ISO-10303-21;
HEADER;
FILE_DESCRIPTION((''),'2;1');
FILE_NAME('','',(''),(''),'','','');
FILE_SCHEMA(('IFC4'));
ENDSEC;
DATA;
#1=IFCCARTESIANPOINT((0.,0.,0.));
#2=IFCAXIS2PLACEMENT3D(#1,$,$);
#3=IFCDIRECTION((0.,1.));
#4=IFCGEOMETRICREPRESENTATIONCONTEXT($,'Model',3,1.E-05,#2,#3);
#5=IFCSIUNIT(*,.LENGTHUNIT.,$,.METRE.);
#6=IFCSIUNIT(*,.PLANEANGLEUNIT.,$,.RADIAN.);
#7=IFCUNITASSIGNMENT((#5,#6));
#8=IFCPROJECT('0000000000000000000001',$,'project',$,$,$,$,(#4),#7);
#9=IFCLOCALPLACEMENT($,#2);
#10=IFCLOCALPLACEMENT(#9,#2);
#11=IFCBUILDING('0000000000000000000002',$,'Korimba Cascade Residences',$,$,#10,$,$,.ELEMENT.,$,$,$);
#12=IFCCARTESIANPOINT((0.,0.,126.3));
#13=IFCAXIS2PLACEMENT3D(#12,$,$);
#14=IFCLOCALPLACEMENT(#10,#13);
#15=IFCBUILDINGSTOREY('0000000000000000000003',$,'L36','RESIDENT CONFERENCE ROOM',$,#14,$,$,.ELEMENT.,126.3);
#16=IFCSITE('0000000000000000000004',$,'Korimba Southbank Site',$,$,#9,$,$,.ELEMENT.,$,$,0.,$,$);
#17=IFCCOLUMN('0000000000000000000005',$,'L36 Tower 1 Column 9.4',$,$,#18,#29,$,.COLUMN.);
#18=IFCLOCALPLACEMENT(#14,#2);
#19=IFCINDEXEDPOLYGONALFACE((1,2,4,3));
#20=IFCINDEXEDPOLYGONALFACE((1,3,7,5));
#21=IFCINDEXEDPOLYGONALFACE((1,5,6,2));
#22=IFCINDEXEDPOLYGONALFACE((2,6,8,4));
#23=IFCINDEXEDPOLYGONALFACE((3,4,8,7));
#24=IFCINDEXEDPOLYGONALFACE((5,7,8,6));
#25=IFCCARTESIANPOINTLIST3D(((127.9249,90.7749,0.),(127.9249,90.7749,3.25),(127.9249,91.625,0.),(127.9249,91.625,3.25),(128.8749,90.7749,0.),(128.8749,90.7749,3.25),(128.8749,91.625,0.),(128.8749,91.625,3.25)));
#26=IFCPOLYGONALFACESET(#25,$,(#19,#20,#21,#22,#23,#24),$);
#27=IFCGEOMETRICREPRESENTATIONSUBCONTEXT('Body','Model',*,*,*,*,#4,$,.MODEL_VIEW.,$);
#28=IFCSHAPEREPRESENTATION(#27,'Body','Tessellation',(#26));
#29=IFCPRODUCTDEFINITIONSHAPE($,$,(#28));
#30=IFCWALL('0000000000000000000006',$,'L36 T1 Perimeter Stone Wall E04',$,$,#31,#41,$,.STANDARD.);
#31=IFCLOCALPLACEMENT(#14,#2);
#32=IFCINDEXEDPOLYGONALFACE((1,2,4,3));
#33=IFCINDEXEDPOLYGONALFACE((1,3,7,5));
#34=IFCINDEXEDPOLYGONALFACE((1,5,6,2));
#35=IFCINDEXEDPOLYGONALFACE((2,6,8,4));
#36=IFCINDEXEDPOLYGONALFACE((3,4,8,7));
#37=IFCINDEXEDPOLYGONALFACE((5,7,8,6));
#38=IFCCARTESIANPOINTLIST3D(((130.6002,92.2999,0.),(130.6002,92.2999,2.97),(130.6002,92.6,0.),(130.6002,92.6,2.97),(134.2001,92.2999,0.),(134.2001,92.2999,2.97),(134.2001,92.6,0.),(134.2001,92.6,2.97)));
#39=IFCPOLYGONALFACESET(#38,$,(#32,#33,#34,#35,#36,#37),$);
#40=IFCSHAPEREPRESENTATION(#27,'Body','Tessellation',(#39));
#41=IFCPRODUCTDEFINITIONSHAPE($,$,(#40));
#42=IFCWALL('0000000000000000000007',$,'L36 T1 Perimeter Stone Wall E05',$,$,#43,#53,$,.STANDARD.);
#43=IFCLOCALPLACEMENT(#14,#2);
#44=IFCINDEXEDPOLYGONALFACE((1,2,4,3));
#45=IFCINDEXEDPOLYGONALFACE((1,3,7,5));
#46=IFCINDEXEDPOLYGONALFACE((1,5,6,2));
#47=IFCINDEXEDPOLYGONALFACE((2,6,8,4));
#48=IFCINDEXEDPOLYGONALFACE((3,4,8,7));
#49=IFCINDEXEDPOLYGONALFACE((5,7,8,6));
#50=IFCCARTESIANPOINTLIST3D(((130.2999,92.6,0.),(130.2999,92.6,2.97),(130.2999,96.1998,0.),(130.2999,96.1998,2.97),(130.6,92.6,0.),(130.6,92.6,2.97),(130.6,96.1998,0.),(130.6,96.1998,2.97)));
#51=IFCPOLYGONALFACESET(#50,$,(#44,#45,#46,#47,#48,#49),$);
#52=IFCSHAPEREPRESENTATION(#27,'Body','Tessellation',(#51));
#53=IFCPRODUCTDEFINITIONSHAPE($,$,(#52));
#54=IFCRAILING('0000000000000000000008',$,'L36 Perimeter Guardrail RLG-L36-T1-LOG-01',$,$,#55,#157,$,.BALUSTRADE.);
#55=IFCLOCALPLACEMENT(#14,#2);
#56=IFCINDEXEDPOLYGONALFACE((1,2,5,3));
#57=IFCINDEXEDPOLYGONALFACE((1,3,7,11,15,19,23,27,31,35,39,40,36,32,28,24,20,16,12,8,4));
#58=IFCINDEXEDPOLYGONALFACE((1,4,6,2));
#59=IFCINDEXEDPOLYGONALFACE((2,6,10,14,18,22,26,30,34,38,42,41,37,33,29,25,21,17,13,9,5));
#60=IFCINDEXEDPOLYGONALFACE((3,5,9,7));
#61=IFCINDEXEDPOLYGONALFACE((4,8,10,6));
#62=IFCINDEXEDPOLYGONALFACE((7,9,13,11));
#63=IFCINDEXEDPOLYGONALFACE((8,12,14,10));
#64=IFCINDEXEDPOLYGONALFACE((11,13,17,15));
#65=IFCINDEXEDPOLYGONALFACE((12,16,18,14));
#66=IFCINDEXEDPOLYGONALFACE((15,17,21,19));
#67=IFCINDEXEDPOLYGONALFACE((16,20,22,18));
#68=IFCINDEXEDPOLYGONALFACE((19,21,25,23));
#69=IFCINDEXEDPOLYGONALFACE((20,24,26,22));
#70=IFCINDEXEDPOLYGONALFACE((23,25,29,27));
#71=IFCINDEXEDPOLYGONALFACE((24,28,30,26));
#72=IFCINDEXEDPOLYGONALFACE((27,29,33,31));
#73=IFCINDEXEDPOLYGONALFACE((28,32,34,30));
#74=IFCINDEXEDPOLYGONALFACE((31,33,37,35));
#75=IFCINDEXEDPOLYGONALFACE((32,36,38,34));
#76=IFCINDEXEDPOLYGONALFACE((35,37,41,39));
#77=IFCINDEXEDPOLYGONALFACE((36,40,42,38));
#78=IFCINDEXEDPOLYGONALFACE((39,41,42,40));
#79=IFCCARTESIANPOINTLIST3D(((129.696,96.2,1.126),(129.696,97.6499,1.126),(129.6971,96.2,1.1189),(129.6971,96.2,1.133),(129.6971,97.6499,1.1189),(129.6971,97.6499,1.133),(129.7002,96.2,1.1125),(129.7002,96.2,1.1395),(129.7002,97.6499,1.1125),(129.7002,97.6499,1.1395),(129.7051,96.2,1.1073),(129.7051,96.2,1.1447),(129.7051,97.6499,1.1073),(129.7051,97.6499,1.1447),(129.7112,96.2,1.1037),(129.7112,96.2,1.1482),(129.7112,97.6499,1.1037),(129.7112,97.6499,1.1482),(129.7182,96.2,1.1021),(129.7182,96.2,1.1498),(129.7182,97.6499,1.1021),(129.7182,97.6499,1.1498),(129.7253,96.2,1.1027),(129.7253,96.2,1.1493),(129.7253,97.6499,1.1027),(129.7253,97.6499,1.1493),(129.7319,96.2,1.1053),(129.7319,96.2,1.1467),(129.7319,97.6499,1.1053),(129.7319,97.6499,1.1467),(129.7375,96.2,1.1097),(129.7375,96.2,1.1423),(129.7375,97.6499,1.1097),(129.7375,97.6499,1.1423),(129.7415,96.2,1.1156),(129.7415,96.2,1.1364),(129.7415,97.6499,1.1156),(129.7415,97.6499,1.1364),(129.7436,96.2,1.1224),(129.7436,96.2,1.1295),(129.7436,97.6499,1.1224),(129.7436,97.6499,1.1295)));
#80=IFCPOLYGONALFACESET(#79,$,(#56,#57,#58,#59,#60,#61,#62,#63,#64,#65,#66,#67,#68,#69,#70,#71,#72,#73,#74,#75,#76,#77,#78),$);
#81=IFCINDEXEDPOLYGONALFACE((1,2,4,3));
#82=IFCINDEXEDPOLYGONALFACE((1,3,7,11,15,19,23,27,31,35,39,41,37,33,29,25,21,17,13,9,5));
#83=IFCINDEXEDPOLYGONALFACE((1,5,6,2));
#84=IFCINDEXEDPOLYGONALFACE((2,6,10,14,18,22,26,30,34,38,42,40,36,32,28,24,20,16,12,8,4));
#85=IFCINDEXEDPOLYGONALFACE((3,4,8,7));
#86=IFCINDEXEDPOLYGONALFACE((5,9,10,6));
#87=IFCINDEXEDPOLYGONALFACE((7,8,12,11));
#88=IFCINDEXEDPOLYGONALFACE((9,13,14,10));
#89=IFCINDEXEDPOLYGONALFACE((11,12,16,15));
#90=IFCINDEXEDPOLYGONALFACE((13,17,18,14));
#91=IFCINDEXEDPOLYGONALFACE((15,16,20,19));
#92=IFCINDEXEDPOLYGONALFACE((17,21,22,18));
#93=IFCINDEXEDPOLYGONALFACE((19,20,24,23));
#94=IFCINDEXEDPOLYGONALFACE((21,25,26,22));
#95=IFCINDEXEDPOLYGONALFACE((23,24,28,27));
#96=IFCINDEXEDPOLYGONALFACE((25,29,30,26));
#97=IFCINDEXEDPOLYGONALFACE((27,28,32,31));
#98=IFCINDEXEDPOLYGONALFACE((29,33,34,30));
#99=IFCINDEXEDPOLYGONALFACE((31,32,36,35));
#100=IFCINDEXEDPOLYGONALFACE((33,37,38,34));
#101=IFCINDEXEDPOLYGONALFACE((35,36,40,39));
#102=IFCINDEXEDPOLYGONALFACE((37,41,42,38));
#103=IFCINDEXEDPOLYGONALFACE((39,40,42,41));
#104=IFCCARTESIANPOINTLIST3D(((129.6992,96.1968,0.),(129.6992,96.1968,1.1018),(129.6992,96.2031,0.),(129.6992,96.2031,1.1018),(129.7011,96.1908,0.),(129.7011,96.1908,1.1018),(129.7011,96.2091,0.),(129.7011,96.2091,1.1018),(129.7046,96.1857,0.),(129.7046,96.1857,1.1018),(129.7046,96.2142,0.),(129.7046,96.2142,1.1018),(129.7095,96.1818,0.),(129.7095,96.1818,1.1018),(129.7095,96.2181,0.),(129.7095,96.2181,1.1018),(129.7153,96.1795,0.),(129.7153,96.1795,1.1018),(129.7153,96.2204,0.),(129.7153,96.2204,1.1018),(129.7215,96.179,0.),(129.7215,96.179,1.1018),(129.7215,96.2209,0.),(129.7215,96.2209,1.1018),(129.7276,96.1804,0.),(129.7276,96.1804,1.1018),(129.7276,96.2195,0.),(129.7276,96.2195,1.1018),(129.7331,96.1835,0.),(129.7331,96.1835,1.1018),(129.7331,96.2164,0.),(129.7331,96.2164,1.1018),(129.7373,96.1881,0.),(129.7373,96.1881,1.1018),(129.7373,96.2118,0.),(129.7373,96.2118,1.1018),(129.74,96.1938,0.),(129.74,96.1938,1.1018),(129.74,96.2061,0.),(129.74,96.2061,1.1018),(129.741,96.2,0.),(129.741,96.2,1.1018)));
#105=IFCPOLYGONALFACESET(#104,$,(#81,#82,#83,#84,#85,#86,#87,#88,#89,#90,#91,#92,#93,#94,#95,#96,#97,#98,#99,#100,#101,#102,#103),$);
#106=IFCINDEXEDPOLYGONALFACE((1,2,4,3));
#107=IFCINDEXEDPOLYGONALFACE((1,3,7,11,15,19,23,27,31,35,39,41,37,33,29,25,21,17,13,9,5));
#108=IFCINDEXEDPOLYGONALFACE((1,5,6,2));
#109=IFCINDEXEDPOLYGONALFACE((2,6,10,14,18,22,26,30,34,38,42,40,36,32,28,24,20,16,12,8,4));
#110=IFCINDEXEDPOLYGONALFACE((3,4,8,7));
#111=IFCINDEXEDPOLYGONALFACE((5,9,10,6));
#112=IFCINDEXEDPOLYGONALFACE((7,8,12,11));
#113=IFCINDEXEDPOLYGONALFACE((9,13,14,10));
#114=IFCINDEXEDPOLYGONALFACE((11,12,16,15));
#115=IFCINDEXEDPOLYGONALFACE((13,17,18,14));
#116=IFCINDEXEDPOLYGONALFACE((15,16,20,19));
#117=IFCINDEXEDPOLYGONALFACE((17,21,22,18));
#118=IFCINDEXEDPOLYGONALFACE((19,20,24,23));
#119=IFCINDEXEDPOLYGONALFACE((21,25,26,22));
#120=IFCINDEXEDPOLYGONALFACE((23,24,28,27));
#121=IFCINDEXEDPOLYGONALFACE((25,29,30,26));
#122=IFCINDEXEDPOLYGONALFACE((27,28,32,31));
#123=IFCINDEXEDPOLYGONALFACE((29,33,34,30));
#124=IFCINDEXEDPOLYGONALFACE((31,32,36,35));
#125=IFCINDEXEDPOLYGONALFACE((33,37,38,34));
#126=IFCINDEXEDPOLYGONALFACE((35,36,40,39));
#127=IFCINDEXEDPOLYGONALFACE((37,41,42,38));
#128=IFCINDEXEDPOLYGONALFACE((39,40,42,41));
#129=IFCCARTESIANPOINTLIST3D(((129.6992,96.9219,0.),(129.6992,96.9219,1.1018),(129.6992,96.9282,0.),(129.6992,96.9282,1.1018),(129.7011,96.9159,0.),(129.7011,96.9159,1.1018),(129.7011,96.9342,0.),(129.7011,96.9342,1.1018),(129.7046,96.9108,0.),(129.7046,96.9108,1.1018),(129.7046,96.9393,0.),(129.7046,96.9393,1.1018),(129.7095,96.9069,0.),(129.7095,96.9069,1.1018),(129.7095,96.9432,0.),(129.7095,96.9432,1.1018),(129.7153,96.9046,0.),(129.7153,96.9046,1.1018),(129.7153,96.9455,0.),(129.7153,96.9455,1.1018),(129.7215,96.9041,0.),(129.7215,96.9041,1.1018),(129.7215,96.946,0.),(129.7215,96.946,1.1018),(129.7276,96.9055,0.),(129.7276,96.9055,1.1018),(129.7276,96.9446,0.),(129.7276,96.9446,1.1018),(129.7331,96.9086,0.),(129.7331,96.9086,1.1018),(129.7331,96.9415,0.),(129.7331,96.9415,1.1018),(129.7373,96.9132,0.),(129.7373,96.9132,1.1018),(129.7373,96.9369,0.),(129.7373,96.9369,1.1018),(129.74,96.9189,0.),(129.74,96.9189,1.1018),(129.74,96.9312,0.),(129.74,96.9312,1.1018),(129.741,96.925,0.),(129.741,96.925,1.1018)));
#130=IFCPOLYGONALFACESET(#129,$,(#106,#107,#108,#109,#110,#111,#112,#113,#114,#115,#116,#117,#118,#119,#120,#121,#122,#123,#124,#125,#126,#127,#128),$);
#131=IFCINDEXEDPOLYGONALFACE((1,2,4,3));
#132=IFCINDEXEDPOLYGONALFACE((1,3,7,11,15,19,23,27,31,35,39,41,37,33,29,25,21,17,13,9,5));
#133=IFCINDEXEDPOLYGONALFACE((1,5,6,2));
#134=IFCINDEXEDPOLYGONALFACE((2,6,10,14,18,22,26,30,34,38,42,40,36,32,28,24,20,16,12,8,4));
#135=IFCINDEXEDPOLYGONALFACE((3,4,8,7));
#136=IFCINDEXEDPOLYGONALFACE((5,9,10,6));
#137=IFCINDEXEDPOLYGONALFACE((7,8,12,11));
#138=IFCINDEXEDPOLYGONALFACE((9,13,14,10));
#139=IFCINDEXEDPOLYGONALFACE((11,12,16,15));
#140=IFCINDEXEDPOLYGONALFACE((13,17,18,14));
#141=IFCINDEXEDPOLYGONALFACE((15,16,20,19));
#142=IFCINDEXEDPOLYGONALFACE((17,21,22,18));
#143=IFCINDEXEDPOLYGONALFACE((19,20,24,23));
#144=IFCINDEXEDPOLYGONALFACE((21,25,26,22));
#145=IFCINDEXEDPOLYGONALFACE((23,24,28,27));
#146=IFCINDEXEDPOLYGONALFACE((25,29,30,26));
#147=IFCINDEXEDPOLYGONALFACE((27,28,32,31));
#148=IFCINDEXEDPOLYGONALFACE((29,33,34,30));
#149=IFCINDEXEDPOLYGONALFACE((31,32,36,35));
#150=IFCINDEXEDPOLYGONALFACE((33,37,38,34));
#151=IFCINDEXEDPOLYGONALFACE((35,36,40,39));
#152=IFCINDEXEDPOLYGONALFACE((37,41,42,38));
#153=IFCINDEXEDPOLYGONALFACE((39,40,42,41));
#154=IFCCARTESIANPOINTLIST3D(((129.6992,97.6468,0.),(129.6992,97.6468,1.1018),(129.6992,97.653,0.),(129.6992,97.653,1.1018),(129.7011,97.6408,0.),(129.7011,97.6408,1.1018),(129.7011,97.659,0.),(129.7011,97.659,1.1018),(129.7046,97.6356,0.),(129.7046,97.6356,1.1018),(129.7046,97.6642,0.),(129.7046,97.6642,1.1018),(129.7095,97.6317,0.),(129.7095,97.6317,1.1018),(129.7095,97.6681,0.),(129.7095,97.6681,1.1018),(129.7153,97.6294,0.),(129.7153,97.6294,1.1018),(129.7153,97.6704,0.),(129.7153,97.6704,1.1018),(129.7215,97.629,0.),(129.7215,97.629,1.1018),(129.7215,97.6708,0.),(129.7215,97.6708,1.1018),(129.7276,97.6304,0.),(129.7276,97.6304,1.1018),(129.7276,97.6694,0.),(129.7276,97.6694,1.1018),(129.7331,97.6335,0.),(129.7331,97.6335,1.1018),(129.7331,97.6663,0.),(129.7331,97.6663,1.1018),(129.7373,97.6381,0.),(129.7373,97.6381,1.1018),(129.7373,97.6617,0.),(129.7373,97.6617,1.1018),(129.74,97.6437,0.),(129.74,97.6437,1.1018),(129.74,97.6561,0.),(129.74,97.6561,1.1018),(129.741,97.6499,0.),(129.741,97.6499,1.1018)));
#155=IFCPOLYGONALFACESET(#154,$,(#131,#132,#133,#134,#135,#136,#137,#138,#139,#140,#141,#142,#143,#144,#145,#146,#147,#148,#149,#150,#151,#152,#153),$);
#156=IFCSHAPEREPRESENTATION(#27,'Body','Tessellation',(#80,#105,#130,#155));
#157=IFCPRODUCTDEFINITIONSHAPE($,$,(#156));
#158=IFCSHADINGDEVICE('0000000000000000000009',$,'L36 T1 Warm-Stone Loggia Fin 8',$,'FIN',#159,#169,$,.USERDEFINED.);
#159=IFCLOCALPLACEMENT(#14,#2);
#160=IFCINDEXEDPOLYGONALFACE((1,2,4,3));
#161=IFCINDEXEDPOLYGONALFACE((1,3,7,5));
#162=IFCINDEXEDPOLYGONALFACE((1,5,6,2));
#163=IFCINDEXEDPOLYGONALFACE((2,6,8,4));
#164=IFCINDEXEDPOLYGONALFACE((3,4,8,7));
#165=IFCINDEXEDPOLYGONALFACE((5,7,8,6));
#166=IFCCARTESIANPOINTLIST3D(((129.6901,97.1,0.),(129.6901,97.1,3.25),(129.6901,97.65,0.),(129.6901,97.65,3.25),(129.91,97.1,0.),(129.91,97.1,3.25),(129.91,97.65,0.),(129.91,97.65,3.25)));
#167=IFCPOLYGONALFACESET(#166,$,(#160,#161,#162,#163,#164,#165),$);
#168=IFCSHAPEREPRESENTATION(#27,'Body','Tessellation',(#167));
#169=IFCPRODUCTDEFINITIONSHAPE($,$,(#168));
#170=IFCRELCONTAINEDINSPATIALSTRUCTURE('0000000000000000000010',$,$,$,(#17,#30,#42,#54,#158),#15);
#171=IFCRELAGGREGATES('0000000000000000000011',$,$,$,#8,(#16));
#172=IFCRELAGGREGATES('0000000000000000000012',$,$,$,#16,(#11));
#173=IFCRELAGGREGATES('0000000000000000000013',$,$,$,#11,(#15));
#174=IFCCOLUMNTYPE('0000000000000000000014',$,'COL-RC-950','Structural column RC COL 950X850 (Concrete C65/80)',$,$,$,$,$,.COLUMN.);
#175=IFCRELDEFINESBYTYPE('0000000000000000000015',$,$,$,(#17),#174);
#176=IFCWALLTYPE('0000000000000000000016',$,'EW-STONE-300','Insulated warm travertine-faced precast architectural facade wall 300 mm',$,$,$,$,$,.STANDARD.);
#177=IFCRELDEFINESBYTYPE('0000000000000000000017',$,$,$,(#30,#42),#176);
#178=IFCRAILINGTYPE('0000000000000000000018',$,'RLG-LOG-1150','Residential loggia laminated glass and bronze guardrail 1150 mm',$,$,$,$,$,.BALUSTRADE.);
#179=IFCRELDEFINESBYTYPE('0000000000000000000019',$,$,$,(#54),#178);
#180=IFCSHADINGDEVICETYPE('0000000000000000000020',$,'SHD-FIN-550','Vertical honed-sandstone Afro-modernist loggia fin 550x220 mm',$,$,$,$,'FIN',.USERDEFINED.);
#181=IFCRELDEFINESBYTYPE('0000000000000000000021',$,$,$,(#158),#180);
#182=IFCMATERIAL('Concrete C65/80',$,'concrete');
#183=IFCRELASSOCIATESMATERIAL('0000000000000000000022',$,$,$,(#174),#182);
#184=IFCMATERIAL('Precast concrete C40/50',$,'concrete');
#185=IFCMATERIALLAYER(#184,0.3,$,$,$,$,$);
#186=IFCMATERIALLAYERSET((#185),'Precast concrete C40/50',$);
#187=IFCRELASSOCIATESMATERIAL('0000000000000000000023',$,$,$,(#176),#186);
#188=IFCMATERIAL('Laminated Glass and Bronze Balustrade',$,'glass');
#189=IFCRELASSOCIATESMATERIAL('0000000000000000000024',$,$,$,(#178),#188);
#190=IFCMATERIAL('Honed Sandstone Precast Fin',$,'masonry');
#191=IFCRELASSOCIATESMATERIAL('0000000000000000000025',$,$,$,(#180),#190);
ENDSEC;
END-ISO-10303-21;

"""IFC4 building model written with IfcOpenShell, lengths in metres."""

from ifc_helpers import new_model, si_unit, direction, frame, frame_2d, origin, origin_2d, place, context, subcontext, project, spatial, rectangle, circle, extrude, material, layer, layer_set, material_profile, profile_set, type_object, element, save


model = new_model("IFC4")

# Units and contexts
model_context = context("Model", 3, precision=1e-05, world=origin(), true_north=direction((0.0, 1.0)))
body_context = subcontext(model_context, "Body", "Model", "MODEL_VIEW")
ifc_project = project(units=[si_unit("LENGTHUNIT", "METRE"), si_unit("PLANEANGLEUNIT", "RADIAN")], contexts=[model_context])

# Site, building, storey
site_placement = place(None, origin())
site = spatial("IfcSite", under=ifc_project, at=site_placement, Name="Korimba Southbank Site", CompositionType="ELEMENT", RefElevation=0.0)
building_placement = place(site_placement, origin())
building = spatial("IfcBuilding", under=site, at=building_placement, Name="Korimba Cascade Residences", CompositionType="ELEMENT")
storey_placement = place(building_placement, frame((0.0, 0.0, 126.3)))
storey = spatial("IfcBuildingStorey", under=building, at=storey_placement, Name="L36", Description="RESIDENT CONFERENCE ROOM", CompositionType="ELEMENT", Elevation=126.3)

# Column
ifc_material_1 = material(Name="Concrete C65/80", Category="concrete")
ifc_material_profile = material_profile(ifc_material_1, rectangle(XDim=0.95, YDim=0.8501, at=origin_2d()), Name="Concrete C65/80")
ifc_profile_set = profile_set([ifc_material_profile], Name="Concrete C65/80")
column_type = type_object("IfcColumnType", Name="COL-RC-950", Description="Structural column RC COL 950X850 (Concrete C65/80)", PredefinedType="COLUMN", material=ifc_profile_set)
column_placement = place(storey_placement, frame((128.3999, 91.2, 0.0), z_axis=(0.0, 0.0, 1.0), x_axis=(1.0, 0.0, 0.0)))
element("IfcColumn", 1, at=column_placement, inside=storey, type_object=column_type, Name="L36 Tower 1 Column 9.4", PredefinedType="COLUMN", context=body_context, shape_type="SweptSolid", body=[
    extrude(rectangle(XDim=0.95, YDim=0.8501, at=origin_2d()), origin(), (0.0, 0.0, 1.0), 3.25),
])

# Shared definitions
ifc_material_2 = material(Name="Precast concrete C40/50", Category="concrete")

# Walls
ifc_layer_1 = layer(ifc_material_2, 0.3)
ifc_layer_set_1 = layer_set([ifc_layer_1], Name="Precast concrete C40/50")
wall_type_1 = type_object("IfcWallType", Name="EW-STONE-300", Description="Insulated warm travertine-faced precast architectural facade wall 300 mm", PredefinedType="STANDARD", material=ifc_layer_set_1)
for number, where, z_axis, x_axis, name in (
    (2, (134.2, 92.45, 0.0), (0.0, 0.0, 1.0), (-1.0, 0.0, 0.0), "L36 T1 Perimeter Stone Wall E04"),
    (3, (130.45, 92.6001, 0.0), (0.0, 0.0, 1.0), (0.0, 1.0, 0.0), "L36 T1 Perimeter Stone Wall E05"),
):
    element("IfcWall", number, at=place(storey_placement, frame(where, z_axis=z_axis, x_axis=x_axis)), inside=storey, type_object=wall_type_1, Name=name, PredefinedType="STANDARD", context=body_context, shape_type="SweptSolid", body=[
        extrude(rectangle(XDim=3.5999, YDim=0.3, at=frame_2d((1.7998, 0.0))), origin(), (0.0, 0.0, 1.0), 2.97),
    ])

# Railing
ifc_material_3 = material(Name="Laminated Glass and Bronze Balustrade", Category="glass")
railing_type = type_object("IfcRailingType", Name="RLG-LOG-1150", Description="Residential loggia laminated glass and bronze guardrail 1150 mm", PredefinedType="BALUSTRADE", material=ifc_material_3)
railing_1_placement = place(storey_placement, frame((129.72, 96.2, 0.0)))
element("IfcRailing", 4, at=railing_1_placement, inside=storey, type_object=railing_type, Name="L36 Perimeter Guardrail RLG-L36-T1-LOG-01", PredefinedType="BALUSTRADE", context=body_context, shape_type="SweptSolid", body=[
    extrude(circle(Radius=0.0239, at=origin_2d()), frame((0.0, 0.0, 1.126), z_axis=(0.0, 1.0, 0.0), x_axis=(-1.0, 0.0, 0.0)), (0.0, 0.0, 1.0), 1.45),
    extrude(circle(Radius=0.021, at=origin_2d()), origin(), (0.0, 0.0, 1.0), 1.1018),
    extrude(circle(Radius=0.021, at=origin_2d()), frame((0.0, 0.7251, 0.0)), (0.0, 0.0, 1.0), 1.1018),
    extrude(circle(Radius=0.021, at=origin_2d()), frame((0.0, 1.45, 0.0)), (0.0, 0.0, 1.0), 1.1018),
])

# Shading device
ifc_material_4 = material(Name="Honed Sandstone Precast Fin", Category="masonry")
shading_device_type = type_object("IfcShadingDeviceType", Name="SHD-FIN-550", Description="Vertical honed-sandstone Afro-modernist loggia fin 550x220 mm", ElementType="FIN", PredefinedType="USERDEFINED", material=ifc_material_4)
shading_device_placement = place(storey_placement, frame((129.8, 97.375, 0.0), z_axis=(0.0, 0.0, 1.0), x_axis=(1.0, 0.0, 0.0)))
element("IfcShadingDevice", 5, at=shading_device_placement, inside=storey, type_object=shading_device_type, Name="L36 T1 Warm-Stone Loggia Fin 8", ObjectType="FIN", PredefinedType="USERDEFINED", context=body_context, shape_type="SweptSolid", body=[
    extrude(rectangle(XDim=0.22, YDim=0.55, at=origin_2d()), origin(), (0.0, 0.0, 1.0), 3.25),
])

save(model, "model.ifc")
